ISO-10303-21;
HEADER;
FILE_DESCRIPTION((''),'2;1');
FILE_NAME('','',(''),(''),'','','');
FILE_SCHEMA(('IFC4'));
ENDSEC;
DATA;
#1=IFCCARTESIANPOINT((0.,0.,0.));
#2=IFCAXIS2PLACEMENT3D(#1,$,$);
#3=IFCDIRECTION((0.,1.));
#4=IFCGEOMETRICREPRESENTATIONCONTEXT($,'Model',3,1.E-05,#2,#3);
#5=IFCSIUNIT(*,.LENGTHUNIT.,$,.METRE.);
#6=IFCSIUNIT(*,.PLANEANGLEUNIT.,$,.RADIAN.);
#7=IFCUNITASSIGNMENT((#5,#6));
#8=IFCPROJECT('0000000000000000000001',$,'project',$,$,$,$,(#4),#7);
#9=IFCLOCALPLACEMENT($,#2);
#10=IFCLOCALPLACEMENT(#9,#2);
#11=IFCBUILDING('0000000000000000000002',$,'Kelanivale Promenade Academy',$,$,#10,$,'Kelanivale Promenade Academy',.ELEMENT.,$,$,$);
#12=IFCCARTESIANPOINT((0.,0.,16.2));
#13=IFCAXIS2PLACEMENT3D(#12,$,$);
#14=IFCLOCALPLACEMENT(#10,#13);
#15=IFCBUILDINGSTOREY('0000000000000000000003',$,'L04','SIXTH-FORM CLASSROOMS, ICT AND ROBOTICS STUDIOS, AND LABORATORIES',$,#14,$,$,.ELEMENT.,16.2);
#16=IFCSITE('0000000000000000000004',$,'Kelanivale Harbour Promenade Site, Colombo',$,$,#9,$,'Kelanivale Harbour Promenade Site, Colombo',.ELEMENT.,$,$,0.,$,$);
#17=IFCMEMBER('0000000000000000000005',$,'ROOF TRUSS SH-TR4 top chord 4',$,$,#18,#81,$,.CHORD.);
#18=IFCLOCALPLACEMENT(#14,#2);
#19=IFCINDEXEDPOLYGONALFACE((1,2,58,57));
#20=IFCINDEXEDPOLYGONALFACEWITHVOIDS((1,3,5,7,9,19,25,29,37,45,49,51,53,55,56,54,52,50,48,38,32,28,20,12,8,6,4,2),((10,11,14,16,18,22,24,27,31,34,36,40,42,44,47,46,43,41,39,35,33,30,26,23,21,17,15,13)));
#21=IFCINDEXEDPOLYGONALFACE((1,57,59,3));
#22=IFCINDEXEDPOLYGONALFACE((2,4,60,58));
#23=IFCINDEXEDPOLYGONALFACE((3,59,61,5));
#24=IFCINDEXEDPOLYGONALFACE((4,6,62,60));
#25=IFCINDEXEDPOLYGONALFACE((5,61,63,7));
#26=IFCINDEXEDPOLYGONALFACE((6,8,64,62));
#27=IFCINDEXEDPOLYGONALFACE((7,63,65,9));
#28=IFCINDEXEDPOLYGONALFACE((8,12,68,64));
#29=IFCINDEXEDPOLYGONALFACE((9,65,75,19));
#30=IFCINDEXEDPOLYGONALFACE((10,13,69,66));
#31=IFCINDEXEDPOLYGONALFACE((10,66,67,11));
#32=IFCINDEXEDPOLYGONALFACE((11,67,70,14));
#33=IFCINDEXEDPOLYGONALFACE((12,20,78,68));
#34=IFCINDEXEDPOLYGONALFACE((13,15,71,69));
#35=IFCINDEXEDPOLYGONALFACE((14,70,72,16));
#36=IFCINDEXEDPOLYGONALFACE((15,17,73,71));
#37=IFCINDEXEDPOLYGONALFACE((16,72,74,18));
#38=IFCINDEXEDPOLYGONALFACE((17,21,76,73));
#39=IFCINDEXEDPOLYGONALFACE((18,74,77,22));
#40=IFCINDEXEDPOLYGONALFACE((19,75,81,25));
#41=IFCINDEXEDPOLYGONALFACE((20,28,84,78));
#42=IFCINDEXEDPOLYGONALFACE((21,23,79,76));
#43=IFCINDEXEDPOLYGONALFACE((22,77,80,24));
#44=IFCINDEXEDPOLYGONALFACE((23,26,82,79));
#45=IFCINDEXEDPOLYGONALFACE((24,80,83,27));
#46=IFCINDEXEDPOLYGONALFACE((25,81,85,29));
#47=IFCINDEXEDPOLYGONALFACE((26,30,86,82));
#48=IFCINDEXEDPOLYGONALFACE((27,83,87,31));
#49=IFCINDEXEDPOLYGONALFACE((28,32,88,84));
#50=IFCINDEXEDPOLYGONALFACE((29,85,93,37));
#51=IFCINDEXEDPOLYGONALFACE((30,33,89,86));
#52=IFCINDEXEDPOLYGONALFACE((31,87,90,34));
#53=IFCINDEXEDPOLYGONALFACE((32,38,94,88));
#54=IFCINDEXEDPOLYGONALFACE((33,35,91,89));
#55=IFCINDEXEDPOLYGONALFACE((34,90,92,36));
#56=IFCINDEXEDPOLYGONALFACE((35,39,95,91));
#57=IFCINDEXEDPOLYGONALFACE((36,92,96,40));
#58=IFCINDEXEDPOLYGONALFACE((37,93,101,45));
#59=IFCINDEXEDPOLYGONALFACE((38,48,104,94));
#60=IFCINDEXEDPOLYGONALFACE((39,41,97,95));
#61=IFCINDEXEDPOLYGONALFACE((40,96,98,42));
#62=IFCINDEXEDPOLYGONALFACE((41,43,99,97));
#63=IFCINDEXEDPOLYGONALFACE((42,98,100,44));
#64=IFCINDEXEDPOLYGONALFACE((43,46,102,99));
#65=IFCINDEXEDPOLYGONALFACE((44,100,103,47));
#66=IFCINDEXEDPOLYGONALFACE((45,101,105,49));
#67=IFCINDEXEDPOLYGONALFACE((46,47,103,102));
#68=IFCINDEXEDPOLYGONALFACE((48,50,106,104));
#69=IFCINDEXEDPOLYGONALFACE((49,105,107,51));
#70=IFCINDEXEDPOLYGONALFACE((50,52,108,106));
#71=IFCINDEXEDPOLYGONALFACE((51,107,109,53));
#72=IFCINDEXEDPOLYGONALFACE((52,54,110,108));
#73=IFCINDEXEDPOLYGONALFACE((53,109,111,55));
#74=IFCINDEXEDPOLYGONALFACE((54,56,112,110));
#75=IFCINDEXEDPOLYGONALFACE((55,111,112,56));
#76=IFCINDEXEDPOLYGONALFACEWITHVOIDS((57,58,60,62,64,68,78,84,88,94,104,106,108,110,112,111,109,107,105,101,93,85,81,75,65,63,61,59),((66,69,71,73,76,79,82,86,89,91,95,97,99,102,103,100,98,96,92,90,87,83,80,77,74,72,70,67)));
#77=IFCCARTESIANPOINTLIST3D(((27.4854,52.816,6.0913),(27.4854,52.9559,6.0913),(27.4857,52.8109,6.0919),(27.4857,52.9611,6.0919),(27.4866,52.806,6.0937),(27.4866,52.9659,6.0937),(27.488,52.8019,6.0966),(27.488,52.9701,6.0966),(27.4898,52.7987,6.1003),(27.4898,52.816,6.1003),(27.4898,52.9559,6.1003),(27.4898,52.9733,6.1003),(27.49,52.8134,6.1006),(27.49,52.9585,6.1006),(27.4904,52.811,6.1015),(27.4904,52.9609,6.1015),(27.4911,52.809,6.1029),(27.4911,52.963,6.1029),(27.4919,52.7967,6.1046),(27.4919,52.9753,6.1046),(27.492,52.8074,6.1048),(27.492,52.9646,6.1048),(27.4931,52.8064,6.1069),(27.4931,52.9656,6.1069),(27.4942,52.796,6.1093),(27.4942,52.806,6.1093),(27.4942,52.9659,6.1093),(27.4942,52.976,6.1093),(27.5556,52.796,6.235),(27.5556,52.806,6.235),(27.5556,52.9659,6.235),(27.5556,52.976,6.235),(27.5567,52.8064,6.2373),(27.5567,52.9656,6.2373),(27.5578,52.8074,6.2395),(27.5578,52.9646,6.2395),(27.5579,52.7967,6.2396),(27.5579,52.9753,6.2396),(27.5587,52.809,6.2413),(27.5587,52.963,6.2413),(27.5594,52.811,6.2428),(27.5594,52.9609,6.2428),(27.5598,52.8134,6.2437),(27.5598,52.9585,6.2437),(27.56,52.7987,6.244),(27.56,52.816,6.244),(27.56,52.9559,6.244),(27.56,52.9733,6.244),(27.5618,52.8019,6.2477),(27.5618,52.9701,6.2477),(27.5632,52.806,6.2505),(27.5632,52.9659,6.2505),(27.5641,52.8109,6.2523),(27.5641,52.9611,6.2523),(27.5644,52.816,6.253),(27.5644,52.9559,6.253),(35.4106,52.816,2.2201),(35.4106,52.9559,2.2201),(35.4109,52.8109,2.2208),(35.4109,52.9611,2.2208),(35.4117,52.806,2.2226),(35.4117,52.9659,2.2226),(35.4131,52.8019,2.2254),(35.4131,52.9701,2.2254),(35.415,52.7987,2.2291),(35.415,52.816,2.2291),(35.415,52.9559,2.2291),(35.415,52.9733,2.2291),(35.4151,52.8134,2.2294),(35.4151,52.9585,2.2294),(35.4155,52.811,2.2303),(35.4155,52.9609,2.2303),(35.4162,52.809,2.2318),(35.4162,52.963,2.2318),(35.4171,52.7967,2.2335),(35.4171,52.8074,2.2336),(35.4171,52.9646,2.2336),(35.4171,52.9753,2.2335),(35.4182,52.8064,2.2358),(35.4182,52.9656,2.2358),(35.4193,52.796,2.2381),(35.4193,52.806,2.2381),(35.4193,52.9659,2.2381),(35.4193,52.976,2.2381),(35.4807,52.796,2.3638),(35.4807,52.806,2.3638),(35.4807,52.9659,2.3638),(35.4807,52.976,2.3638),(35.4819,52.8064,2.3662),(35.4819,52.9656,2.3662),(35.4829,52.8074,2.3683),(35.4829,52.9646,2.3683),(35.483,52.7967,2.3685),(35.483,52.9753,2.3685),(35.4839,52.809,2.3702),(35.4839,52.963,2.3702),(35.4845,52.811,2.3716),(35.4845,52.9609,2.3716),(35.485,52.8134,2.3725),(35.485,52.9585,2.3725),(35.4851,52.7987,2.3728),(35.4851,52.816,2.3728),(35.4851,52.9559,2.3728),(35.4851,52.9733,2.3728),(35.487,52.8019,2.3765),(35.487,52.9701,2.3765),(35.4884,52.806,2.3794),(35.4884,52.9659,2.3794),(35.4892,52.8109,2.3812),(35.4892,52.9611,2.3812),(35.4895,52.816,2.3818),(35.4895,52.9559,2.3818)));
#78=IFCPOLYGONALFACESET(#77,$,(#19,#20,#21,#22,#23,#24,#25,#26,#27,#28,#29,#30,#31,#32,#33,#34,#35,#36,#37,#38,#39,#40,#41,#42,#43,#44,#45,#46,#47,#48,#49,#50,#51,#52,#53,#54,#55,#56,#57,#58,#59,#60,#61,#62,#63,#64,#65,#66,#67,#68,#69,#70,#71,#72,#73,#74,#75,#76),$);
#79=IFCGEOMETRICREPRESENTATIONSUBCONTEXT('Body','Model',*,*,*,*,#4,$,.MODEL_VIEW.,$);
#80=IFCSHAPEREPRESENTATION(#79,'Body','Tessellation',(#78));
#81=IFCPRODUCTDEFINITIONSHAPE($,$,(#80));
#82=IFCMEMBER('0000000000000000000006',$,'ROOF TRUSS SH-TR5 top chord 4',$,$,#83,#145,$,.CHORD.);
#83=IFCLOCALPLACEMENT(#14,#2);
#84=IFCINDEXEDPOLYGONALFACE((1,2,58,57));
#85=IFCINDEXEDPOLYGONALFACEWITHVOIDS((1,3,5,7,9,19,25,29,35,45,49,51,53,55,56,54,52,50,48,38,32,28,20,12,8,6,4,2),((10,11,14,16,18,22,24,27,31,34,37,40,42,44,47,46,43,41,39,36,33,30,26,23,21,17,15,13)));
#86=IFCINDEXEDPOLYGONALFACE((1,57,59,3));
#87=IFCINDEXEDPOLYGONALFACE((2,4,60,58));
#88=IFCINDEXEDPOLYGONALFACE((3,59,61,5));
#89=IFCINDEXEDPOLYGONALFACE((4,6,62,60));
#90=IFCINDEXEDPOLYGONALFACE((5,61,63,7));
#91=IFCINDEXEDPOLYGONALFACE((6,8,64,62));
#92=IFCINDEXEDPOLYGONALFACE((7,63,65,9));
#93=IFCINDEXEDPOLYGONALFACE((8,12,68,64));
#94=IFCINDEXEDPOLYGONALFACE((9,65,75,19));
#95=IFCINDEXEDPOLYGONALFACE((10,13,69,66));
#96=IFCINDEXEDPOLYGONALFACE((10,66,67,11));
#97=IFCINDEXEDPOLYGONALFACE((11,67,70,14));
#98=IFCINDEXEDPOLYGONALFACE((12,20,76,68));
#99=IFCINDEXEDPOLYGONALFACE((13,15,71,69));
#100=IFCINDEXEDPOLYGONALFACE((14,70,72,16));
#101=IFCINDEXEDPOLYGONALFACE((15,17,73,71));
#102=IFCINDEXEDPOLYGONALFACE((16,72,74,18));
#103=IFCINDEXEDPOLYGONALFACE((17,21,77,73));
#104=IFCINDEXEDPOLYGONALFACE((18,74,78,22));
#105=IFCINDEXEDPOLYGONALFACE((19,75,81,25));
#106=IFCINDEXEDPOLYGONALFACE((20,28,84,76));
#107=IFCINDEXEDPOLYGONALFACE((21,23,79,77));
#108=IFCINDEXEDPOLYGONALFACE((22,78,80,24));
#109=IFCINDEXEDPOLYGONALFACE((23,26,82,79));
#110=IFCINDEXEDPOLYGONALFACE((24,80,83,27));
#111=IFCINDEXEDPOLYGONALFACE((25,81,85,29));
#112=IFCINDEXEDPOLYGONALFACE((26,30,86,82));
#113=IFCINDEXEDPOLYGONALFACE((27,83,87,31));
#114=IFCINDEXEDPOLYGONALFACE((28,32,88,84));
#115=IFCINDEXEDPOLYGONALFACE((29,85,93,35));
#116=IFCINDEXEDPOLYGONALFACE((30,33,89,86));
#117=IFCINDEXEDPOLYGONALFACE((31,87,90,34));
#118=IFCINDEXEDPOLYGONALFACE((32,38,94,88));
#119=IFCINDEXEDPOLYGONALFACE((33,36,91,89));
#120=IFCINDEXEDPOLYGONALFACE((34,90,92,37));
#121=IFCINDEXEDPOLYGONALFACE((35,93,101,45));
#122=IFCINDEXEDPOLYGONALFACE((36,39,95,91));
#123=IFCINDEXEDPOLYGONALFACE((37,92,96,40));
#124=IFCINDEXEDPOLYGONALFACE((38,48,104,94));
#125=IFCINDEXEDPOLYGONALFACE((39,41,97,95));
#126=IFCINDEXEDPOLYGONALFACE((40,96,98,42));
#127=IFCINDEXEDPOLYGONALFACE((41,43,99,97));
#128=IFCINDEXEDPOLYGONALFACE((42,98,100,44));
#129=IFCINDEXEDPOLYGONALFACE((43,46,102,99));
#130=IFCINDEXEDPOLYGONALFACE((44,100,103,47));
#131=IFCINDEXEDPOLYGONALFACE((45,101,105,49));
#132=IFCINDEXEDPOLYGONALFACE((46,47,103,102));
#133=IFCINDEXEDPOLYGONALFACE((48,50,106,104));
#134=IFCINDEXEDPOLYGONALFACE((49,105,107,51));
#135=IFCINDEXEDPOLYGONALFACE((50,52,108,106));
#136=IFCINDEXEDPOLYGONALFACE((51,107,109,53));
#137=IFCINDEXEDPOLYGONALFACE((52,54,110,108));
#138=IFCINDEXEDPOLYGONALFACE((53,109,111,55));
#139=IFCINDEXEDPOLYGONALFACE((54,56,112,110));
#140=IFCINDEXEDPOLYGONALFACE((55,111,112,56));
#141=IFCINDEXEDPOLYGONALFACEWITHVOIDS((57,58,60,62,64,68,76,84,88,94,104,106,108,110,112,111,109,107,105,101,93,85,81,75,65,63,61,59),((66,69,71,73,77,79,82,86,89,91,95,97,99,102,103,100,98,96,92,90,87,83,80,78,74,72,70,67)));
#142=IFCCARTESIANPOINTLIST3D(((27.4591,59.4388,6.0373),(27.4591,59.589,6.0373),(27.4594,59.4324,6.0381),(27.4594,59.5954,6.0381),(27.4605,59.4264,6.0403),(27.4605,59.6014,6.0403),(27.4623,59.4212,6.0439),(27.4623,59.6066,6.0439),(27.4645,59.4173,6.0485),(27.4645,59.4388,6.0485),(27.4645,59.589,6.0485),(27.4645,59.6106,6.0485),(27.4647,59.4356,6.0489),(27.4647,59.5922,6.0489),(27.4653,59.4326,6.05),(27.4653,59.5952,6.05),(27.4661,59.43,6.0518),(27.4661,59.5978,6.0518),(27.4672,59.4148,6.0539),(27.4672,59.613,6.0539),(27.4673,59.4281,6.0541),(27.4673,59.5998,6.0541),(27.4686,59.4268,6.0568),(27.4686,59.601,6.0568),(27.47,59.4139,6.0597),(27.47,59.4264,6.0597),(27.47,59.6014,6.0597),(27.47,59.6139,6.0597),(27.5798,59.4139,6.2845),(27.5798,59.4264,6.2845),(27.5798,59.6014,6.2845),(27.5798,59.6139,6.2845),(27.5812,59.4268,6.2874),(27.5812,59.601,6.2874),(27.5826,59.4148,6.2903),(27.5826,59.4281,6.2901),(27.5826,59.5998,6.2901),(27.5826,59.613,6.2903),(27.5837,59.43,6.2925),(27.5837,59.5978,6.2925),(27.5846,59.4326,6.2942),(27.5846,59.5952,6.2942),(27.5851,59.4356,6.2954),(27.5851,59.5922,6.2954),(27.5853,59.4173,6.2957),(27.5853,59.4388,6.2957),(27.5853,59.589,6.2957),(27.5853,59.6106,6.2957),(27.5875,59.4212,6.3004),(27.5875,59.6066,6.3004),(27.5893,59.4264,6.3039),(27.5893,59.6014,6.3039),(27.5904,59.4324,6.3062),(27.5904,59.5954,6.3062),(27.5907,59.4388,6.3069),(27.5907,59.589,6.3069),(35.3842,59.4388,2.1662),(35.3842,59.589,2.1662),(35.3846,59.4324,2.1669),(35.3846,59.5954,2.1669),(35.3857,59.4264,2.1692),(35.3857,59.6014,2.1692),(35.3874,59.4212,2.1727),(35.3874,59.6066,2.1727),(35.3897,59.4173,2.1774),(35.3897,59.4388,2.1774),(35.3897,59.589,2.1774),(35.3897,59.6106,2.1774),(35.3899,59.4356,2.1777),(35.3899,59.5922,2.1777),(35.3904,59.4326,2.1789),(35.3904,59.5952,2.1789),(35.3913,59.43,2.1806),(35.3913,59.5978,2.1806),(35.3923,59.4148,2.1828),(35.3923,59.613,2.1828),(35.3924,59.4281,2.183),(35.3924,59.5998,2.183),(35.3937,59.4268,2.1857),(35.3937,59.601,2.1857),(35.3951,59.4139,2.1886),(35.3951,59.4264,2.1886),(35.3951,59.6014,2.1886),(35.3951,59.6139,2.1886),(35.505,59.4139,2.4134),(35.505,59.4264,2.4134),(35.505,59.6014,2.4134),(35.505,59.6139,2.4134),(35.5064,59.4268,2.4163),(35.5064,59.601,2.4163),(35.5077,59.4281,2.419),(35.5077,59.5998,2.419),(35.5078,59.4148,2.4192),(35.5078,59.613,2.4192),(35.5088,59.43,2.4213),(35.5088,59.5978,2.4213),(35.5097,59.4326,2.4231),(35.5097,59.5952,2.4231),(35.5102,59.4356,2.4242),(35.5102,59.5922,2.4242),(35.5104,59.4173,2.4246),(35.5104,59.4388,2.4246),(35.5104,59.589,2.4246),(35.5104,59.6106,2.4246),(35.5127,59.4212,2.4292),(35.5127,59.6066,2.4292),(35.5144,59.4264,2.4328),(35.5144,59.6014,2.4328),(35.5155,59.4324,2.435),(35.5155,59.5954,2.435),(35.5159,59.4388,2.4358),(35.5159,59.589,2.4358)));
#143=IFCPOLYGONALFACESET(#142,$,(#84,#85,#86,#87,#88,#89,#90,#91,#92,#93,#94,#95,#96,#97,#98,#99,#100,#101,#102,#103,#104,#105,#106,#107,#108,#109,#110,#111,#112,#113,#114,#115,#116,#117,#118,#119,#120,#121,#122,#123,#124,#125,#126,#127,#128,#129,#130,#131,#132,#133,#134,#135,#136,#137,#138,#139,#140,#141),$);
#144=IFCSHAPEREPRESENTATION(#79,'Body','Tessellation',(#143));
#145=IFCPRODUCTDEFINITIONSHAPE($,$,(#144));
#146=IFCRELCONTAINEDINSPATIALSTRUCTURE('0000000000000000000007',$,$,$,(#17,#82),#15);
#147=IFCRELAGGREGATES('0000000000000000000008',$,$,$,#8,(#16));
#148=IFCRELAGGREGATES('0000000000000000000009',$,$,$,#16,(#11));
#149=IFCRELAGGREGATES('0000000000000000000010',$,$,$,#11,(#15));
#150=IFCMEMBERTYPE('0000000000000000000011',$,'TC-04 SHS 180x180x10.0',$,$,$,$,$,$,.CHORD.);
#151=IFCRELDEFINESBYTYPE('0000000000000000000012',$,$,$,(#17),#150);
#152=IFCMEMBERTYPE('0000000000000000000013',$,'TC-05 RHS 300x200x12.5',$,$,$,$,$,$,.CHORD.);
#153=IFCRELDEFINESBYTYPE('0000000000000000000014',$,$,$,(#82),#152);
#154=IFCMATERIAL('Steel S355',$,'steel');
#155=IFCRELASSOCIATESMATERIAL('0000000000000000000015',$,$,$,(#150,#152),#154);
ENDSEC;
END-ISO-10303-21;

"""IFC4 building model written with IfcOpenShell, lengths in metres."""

from ifc_helpers import new_model, si_unit, direction, frame, origin, origin_2d, place, context, subcontext, project, spatial, hollow_rectangle, extrude, material, material_profile, profile_set, type_object, element, save


model = new_model("IFC4")

# Units and contexts
model_context = context("Model", 3, precision=1e-05, world=origin(), true_north=direction((0.0, 1.0)))
body_context = subcontext(model_context, "Body", "Model", "MODEL_VIEW")
ifc_project = project(units=[si_unit("LENGTHUNIT", "METRE"), si_unit("PLANEANGLEUNIT", "RADIAN")], contexts=[model_context])

# Site, building, storey
site_placement = place(None, origin())
site = spatial("IfcSite", under=ifc_project, at=site_placement, Name="Kelanivale Harbour Promenade Site, Colombo", LongName="Kelanivale Harbour Promenade Site, Colombo", CompositionType="ELEMENT", RefElevation=0.0)
building_placement = place(site_placement, origin())
building = spatial("IfcBuilding", under=site, at=building_placement, Name="Kelanivale Promenade Academy", LongName="Kelanivale Promenade Academy", CompositionType="ELEMENT")
storey_placement = place(building_placement, frame((0.0, 0.0, 16.2)))
storey = spatial("IfcBuildingStorey", under=building, at=storey_placement, Name="L04", Description="SIXTH-FORM CLASSROOMS, ICT AND ROBOTICS STUDIOS, AND LABORATORIES", CompositionType="ELEMENT", Elevation=16.2)

# Members
ifc_material = material(Name="Steel S355", Category="steel")
ifc_material_profile_1 = material_profile(ifc_material, hollow_rectangle(XDim=0.1799, YDim=0.1799, WallThickness=0.01, InnerFilletRadius=0.01, OuterFilletRadius=0.02, at=origin_2d()), Name="SHS 180x180x10.0")
ifc_profile_set_1 = profile_set([ifc_material_profile_1], Name="Steel S355")
member_type_1 = type_object("IfcMemberType", Name="TC-04 SHS 180x180x10.0", PredefinedType="CHORD", material=ifc_profile_set_1)
member_1_placement = place(storey_placement, frame((27.5249, 52.886, 6.1721), z_axis=(0.898535, 0.0, -0.438901), x_axis=(0.0, 1.0, 0.0)))
element("IfcMember", 1, at=member_1_placement, inside=storey, type_object=member_type_1, Name="ROOF TRUSS SH-TR4 top chord 4", PredefinedType="CHORD", context=body_context, shape_type="SweptSolid", body=[
    extrude(hollow_rectangle(XDim=0.1799, YDim=0.1799, WallThickness=0.01, InnerFilletRadius=0.01, OuterFilletRadius=0.02, at=origin_2d()), origin(), (0.0, 0.0, 1.0), 8.8201),
])
ifc_material_profile_2 = material_profile(ifc_material, hollow_rectangle(XDim=0.2, YDim=0.3, WallThickness=0.0125, InnerFilletRadius=0.0125, OuterFilletRadius=0.0249, at=origin_2d()), Name="RHS 300x200x12.5")
ifc_profile_set_2 = profile_set([ifc_material_profile_2], Name="Steel S355")
member_type_2 = type_object("IfcMemberType", Name="TC-05 RHS 300x200x12.5", PredefinedType="CHORD", material=ifc_profile_set_2)
member_2_placement = place(storey_placement, frame((27.5249, 59.5139, 6.1721), z_axis=(0.898535, 0.0, -0.438901), x_axis=(0.0, 1.0, 0.0)))
element("IfcMember", 2, at=member_2_placement, inside=storey, type_object=member_type_2, Name="ROOF TRUSS SH-TR5 top chord 4", PredefinedType="CHORD", context=body_context, shape_type="SweptSolid", body=[
    extrude(hollow_rectangle(XDim=0.2, YDim=0.3, WallThickness=0.0125, InnerFilletRadius=0.0125, OuterFilletRadius=0.0249, at=origin_2d()), origin(), (0.0, 0.0, 1.0), 8.8201),
])

save(model, "model.ifc")
